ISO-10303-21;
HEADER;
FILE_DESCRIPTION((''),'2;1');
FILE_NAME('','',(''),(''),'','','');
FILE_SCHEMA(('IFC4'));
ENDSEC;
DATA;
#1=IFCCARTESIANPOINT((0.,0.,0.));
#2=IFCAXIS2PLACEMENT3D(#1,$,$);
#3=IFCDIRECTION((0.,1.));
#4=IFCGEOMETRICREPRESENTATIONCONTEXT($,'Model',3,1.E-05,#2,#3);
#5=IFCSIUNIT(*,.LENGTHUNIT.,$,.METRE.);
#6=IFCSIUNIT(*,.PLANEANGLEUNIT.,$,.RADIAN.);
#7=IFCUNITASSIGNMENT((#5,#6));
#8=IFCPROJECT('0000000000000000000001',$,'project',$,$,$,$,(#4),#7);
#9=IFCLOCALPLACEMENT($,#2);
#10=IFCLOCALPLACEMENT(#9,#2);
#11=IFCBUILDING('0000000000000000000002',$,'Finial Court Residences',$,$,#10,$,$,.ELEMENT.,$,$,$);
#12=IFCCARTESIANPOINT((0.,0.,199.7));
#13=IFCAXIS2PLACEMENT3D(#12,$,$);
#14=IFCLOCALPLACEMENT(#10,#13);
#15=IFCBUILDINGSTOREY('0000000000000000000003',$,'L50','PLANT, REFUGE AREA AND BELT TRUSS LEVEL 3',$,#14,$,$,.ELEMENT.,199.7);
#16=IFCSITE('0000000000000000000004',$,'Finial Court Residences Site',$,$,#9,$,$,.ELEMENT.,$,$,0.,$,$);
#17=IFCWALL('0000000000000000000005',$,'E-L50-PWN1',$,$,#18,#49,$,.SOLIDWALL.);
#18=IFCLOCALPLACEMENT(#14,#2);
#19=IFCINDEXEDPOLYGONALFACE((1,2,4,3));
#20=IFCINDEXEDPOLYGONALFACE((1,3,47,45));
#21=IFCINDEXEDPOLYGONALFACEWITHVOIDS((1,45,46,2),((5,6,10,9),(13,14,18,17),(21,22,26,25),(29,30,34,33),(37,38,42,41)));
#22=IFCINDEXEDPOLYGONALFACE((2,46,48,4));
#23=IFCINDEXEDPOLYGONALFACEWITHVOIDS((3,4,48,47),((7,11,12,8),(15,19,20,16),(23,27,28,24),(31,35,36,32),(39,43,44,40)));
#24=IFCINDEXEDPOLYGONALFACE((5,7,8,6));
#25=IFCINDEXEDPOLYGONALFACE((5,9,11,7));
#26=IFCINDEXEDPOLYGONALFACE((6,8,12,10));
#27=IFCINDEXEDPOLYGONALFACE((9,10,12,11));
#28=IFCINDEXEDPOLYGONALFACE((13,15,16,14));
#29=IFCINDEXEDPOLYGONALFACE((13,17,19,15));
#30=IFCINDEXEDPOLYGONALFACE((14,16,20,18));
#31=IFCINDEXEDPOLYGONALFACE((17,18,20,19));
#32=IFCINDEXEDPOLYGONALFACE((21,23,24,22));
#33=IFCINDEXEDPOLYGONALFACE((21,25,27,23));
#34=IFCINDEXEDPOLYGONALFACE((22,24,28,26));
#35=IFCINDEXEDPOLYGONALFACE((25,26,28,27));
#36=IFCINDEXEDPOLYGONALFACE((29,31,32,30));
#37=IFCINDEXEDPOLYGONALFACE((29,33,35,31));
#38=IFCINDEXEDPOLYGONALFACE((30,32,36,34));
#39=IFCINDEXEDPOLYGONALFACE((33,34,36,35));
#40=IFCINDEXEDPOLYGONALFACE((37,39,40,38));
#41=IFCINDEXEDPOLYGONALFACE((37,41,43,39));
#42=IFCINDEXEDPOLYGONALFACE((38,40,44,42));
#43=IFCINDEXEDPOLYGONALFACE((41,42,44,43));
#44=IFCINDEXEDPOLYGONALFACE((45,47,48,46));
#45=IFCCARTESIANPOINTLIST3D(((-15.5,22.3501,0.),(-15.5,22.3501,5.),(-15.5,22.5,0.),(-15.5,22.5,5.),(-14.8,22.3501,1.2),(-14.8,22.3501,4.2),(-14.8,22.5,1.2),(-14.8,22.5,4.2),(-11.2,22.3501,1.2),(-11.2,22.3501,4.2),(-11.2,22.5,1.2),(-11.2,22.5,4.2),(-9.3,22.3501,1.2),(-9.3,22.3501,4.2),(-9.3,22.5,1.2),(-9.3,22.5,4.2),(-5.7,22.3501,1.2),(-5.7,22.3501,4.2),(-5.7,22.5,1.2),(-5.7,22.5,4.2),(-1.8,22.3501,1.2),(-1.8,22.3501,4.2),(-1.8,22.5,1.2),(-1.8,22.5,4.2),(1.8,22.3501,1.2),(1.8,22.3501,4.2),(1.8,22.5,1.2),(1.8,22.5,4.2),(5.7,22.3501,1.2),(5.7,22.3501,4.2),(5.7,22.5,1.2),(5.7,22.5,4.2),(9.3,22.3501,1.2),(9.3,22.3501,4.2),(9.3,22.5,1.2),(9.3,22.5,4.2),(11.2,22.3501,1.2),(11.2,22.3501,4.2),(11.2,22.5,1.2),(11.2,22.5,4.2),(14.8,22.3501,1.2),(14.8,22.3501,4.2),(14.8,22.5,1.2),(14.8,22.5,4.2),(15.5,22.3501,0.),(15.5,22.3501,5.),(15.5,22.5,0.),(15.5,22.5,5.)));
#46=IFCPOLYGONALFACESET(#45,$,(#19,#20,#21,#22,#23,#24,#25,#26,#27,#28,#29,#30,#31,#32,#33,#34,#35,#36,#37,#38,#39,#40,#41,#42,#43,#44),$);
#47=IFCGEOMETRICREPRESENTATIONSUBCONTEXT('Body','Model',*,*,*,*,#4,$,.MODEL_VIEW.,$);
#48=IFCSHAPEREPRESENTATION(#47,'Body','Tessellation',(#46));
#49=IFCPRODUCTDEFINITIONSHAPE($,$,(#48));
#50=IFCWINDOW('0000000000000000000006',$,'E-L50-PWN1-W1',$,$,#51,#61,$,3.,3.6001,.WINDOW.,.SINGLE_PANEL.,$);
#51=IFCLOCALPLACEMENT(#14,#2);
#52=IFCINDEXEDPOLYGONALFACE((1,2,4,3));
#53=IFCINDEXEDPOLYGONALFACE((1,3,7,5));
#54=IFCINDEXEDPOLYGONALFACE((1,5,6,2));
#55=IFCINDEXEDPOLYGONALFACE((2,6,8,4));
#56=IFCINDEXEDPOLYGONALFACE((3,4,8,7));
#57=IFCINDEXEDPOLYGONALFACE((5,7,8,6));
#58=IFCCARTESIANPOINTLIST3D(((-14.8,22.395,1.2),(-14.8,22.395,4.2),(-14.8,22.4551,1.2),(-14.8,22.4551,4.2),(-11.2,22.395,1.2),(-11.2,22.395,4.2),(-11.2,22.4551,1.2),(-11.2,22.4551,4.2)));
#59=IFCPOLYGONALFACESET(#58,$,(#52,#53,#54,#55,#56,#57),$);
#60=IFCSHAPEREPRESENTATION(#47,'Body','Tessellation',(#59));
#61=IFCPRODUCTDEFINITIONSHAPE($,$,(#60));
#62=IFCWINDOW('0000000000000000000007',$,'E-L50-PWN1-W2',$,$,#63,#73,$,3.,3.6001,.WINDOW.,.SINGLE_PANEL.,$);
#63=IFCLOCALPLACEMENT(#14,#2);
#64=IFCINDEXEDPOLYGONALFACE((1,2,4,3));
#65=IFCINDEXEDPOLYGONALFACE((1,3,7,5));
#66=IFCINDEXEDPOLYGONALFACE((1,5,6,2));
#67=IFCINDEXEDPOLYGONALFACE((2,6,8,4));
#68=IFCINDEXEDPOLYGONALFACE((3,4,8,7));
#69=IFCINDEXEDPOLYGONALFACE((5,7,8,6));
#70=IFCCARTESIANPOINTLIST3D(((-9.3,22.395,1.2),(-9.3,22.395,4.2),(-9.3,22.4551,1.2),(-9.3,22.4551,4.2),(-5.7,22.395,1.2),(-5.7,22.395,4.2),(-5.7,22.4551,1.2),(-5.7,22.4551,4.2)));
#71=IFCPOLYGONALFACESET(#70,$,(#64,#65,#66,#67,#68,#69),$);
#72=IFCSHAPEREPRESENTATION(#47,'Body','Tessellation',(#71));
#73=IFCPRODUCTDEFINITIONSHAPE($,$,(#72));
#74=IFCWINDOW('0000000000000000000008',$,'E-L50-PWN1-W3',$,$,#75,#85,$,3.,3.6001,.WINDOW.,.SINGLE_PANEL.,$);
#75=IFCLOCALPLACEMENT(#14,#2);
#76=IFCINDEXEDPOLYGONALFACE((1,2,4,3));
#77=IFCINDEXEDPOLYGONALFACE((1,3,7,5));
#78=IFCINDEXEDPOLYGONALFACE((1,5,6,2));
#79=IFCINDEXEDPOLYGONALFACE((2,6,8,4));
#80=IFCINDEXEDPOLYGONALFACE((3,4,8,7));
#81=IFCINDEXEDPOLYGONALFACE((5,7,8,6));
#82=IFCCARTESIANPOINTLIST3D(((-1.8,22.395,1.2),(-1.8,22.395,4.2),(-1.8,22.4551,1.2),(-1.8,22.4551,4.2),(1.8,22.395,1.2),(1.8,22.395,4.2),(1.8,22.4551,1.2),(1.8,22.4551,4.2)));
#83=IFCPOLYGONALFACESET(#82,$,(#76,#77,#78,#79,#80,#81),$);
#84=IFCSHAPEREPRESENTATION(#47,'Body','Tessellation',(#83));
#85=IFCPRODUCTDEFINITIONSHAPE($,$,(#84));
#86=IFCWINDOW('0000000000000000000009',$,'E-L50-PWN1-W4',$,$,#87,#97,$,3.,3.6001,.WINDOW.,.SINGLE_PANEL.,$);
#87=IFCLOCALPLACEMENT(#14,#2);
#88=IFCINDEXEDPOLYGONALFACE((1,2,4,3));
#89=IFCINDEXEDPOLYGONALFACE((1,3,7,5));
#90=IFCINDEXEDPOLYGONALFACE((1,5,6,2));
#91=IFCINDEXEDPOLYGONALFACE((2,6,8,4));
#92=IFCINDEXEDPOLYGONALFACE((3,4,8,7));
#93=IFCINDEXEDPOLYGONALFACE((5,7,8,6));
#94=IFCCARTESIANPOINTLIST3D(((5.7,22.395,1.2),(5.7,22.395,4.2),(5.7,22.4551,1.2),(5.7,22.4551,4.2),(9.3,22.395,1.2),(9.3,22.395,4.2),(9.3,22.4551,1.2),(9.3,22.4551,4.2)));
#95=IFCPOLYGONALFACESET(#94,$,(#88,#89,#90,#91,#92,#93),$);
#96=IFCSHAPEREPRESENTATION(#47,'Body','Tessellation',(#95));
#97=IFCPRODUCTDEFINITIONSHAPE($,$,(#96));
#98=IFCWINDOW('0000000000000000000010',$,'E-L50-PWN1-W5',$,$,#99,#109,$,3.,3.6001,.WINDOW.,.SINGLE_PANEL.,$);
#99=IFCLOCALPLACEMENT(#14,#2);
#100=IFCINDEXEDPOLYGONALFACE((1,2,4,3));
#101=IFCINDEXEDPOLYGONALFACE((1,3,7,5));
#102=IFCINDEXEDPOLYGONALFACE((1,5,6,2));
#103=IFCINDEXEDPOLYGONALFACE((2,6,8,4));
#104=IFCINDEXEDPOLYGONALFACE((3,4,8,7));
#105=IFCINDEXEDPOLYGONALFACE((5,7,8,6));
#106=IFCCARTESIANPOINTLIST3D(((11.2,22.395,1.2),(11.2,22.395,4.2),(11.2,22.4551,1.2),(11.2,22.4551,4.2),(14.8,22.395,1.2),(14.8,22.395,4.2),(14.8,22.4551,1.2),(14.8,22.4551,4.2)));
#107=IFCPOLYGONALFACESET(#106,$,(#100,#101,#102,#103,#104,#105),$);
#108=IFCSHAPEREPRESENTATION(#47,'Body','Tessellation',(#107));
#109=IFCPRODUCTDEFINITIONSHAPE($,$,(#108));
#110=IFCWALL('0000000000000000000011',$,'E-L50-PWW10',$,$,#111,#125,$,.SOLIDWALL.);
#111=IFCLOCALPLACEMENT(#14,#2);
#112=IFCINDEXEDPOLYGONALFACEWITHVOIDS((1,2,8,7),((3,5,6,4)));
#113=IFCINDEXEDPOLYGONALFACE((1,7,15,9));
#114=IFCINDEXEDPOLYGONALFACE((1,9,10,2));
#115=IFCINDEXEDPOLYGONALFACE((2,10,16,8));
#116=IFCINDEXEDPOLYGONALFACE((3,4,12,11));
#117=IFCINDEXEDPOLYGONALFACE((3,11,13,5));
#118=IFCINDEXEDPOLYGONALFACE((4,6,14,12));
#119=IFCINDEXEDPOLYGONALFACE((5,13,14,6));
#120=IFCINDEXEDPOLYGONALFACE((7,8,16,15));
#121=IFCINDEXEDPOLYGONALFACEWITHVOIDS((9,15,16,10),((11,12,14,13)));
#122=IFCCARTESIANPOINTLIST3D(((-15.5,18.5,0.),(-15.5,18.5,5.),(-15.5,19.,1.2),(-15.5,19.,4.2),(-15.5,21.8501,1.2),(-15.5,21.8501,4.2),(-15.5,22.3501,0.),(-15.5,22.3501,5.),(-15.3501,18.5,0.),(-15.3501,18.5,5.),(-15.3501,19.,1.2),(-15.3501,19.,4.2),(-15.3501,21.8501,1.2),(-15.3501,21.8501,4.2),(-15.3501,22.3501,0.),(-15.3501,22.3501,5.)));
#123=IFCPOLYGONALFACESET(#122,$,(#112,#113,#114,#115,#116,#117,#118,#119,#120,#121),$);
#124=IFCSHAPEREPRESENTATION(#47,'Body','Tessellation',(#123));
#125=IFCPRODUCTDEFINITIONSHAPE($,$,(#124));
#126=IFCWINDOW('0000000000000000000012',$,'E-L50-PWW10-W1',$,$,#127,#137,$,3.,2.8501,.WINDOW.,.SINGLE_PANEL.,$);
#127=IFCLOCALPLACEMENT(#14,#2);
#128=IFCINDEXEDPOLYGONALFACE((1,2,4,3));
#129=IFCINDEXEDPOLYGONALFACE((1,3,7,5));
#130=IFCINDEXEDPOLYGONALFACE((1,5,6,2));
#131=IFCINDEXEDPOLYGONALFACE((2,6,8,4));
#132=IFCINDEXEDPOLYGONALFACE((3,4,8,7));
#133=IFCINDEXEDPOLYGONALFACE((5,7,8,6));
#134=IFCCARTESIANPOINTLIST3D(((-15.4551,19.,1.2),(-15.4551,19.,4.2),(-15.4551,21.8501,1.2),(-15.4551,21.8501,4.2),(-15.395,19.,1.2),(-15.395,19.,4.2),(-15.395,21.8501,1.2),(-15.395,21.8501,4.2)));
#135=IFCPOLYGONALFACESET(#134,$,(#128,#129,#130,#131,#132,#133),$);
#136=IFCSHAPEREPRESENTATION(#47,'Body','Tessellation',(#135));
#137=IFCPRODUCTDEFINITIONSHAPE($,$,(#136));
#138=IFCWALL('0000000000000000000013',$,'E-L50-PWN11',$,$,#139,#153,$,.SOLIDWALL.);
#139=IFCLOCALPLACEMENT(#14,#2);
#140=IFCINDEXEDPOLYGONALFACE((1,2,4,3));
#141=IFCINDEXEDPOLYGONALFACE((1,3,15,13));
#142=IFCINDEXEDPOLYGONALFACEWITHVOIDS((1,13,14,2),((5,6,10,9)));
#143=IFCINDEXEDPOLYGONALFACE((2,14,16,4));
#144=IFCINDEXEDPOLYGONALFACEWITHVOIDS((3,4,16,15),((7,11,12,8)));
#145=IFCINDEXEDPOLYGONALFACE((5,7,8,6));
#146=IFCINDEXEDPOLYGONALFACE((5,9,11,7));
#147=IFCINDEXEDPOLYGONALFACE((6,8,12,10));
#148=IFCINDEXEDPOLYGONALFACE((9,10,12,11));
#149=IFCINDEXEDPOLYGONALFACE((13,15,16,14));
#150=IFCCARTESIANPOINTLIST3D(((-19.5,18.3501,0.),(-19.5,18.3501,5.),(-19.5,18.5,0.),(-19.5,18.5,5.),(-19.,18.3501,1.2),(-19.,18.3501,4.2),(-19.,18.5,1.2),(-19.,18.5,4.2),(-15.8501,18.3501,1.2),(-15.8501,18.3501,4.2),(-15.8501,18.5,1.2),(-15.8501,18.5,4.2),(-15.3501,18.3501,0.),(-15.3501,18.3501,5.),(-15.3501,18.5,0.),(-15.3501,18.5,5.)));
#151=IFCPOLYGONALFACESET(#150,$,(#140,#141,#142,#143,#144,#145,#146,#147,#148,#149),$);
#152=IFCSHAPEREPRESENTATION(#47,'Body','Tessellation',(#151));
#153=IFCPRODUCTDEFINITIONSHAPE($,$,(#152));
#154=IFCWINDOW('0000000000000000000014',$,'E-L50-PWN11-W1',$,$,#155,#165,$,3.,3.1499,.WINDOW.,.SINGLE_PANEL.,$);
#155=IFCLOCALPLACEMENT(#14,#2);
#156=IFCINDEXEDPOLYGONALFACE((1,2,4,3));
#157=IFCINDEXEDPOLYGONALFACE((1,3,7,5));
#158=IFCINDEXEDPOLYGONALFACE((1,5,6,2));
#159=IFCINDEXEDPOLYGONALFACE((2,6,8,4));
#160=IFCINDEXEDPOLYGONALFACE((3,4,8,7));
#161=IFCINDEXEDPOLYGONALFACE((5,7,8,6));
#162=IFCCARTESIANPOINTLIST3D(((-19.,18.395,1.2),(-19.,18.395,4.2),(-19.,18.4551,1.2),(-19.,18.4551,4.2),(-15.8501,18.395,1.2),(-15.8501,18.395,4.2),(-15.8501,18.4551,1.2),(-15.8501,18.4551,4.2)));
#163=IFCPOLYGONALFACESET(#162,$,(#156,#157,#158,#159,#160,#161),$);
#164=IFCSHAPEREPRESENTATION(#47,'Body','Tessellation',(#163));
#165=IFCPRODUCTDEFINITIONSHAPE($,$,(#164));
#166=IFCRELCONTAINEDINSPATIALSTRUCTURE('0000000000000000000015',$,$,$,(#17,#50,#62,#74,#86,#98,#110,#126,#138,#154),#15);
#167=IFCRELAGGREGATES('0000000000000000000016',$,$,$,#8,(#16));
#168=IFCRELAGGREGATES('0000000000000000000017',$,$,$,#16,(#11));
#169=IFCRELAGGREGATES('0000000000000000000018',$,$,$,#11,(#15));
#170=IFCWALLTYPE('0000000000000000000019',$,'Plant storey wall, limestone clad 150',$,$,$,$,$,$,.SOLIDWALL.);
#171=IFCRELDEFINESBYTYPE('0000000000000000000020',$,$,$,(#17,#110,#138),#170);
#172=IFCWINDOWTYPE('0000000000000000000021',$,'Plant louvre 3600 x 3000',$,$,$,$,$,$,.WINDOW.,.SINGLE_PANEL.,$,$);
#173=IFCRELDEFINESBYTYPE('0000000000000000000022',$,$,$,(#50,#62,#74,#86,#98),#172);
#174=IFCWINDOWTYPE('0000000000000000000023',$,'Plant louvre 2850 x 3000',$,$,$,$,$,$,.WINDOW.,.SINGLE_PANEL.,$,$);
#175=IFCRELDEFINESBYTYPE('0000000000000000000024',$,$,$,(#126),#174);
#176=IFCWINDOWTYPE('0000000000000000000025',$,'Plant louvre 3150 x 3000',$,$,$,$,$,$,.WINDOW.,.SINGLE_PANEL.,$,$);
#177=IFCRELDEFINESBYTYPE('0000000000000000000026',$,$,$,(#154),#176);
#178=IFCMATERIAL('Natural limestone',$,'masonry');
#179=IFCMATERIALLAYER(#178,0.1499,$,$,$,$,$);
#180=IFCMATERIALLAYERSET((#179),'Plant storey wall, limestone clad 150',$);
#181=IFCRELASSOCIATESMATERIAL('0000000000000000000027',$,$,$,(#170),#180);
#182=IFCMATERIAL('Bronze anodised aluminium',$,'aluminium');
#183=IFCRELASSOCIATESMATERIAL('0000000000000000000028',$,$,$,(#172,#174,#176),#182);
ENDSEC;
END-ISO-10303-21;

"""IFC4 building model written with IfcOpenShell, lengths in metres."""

from ifc_helpers import new_model, si_unit, direction, frame, frame_2d, origin, place, context, subcontext, project, spatial, rectangle, extrude, material, layer, layer_set, type_object, element, fill, save


model = new_model("IFC4")

# Units and contexts
model_context = context("Model", 3, precision=1e-05, world=origin(), true_north=direction((0.0, 1.0)))
body_context = subcontext(model_context, "Body", "Model", "MODEL_VIEW")
ifc_project = project(units=[si_unit("LENGTHUNIT", "METRE"), si_unit("PLANEANGLEUNIT", "RADIAN")], contexts=[model_context])

# Site, building, storey
site_placement = place(None, origin())
site = spatial("IfcSite", under=ifc_project, at=site_placement, Name="Finial Court Residences Site", CompositionType="ELEMENT", RefElevation=0.0)
building_placement = place(site_placement, origin())
building = spatial("IfcBuilding", under=site, at=building_placement, Name="Finial Court Residences", CompositionType="ELEMENT")
storey_placement = place(building_placement, frame((0.0, 0.0, 199.7)))
storey = spatial("IfcBuildingStorey", under=building, at=storey_placement, Name="L50", Description="PLANT, REFUGE AREA AND BELT TRUSS LEVEL 3", CompositionType="ELEMENT", Elevation=199.7)

# Wall, openings, windows
ifc_material_1 = material(Name="Natural limestone", Category="masonry")
ifc_layer = layer(ifc_material_1, 0.1499)
ifc_layer_set = layer_set([ifc_layer], Name="Plant storey wall, limestone clad 150")
wall_type = type_object("IfcWallType", Name="Plant storey wall, limestone clad 150", PredefinedType="SOLIDWALL", material=ifc_layer_set)
wall_1_placement = place(storey_placement, frame((-15.5, 22.425, 0.0), z_axis=(0.0, 0.0, 1.0), x_axis=(1.0, 0.0, 0.0)))
wall_1 = element("IfcWall", 1, at=wall_1_placement, inside=storey, type_object=wall_type, Name="E-L50-PWN1", PredefinedType="SOLIDWALL", context=body_context, shape_type="SweptSolid", body=[
    extrude(rectangle(XDim=31.0, YDim=0.1499, at=frame_2d((15.5, 0.0))), origin(), (0.0, 0.0, 1.0), 5.0),
])
opening_1_placement = place(wall_1_placement, frame((0.7, 0.0, 1.2)))
opening_1 = element("IfcOpeningElement", 2, at=opening_1_placement, cuts=wall_1, PredefinedType="OPENING", context=body_context, shape_type="SweptSolid", body=[
    extrude(rectangle(XDim=3.6001, YDim=3.0, at=frame_2d((1.8, 1.5))), frame((0.0, 0.085, 0.0), z_axis=(0.0, -1.0, 0.0), x_axis=(1.0, 0.0, 0.0)), (0.0, 0.0, 1.0), 0.1699),
])
opening_2_placement = place(wall_1_placement, frame((6.2, 0.0, 1.2)))
opening_2 = element("IfcOpeningElement", 3, at=opening_2_placement, cuts=wall_1, PredefinedType="OPENING", context=body_context, shape_type="SweptSolid", body=[
    extrude(rectangle(XDim=3.6001, YDim=3.0, at=frame_2d((1.8, 1.5))), frame((0.0, 0.085, 0.0), z_axis=(0.0, -1.0, 0.0), x_axis=(1.0, 0.0, 0.0)), (0.0, 0.0, 1.0), 0.1699),
])
opening_3_placement = place(wall_1_placement, frame((13.7, 0.0, 1.2)))
opening_3 = element("IfcOpeningElement", 4, at=opening_3_placement, cuts=wall_1, PredefinedType="OPENING", context=body_context, shape_type="SweptSolid", body=[
    extrude(rectangle(XDim=3.6001, YDim=3.0, at=frame_2d((1.8, 1.5))), frame((0.0, 0.085, 0.0), z_axis=(0.0, -1.0, 0.0), x_axis=(1.0, 0.0, 0.0)), (0.0, 0.0, 1.0), 0.1699),
])
opening_4_placement = place(wall_1_placement, frame((21.2, 0.0, 1.2)))
opening_4 = element("IfcOpeningElement", 5, at=opening_4_placement, cuts=wall_1, PredefinedType="OPENING", context=body_context, shape_type="SweptSolid", body=[
    extrude(rectangle(XDim=3.6001, YDim=3.0, at=frame_2d((1.8, 1.5))), frame((0.0, 0.085, 0.0), z_axis=(0.0, -1.0, 0.0), x_axis=(1.0, 0.0, 0.0)), (0.0, 0.0, 1.0), 0.1699),
])
opening_5_placement = place(wall_1_placement, frame((26.7, 0.0, 1.2)))
opening_5 = element("IfcOpeningElement", 6, at=opening_5_placement, cuts=wall_1, PredefinedType="OPENING", context=body_context, shape_type="SweptSolid", body=[
    extrude(rectangle(XDim=3.6001, YDim=3.0, at=frame_2d((1.8, 1.5))), frame((0.0, 0.085, 0.0), z_axis=(0.0, -1.0, 0.0), x_axis=(1.0, 0.0, 0.0)), (0.0, 0.0, 1.0), 0.1699),
])
ifc_material_2 = material(Name="Bronze anodised aluminium", Category="aluminium")
window_type_1 = type_object("IfcWindowType", Name="Plant louvre 3600 x 3000", PartitioningType="SINGLE_PANEL", PredefinedType="WINDOW", material=ifc_material_2)
window_1_placement = place(opening_1_placement, origin())
window_1 = element("IfcWindow", 7, at=window_1_placement, inside=storey, type_object=window_type_1, Name="E-L50-PWN1-W1", OverallHeight=3.0, OverallWidth=3.6001, PartitioningType="SINGLE_PANEL", PredefinedType="WINDOW", context=body_context, shape_type="SweptSolid", body=[
    extrude(rectangle(XDim=3.6001, YDim=3.0, at=frame_2d((1.8, 1.5))), frame((0.0, 0.03, 0.0), z_axis=(0.0, -1.0, 0.0), x_axis=(1.0, 0.0, 0.0)), (0.0, 0.0, 1.0), 0.0601),
])
fill(opening_1, window_1)
window_2_placement = place(opening_2_placement, origin())
window_2 = element("IfcWindow", 8, at=window_2_placement, inside=storey, type_object=window_type_1, Name="E-L50-PWN1-W2", OverallHeight=3.0, OverallWidth=3.6001, PartitioningType="SINGLE_PANEL", PredefinedType="WINDOW", context=body_context, shape_type="SweptSolid", body=[
    extrude(rectangle(XDim=3.6001, YDim=3.0, at=frame_2d((1.8, 1.5))), frame((0.0, 0.03, 0.0), z_axis=(0.0, -1.0, 0.0), x_axis=(1.0, 0.0, 0.0)), (0.0, 0.0, 1.0), 0.0601),
])
fill(opening_2, window_2)
window_3_placement = place(opening_3_placement, origin())
window_3 = element("IfcWindow", 9, at=window_3_placement, inside=storey, type_object=window_type_1, Name="E-L50-PWN1-W3", OverallHeight=3.0, OverallWidth=3.6001, PartitioningType="SINGLE_PANEL", PredefinedType="WINDOW", context=body_context, shape_type="SweptSolid", body=[
    extrude(rectangle(XDim=3.6001, YDim=3.0, at=frame_2d((1.8, 1.5))), frame((0.0, 0.03, 0.0), z_axis=(0.0, -1.0, 0.0), x_axis=(1.0, 0.0, 0.0)), (0.0, 0.0, 1.0), 0.0601),
])
fill(opening_3, window_3)
window_4_placement = place(opening_4_placement, origin())
window_4 = element("IfcWindow", 10, at=window_4_placement, inside=storey, type_object=window_type_1, Name="E-L50-PWN1-W4", OverallHeight=3.0, OverallWidth=3.6001, PartitioningType="SINGLE_PANEL", PredefinedType="WINDOW", context=body_context, shape_type="SweptSolid", body=[
    extrude(rectangle(XDim=3.6001, YDim=3.0, at=frame_2d((1.8, 1.5))), frame((0.0, 0.03, 0.0), z_axis=(0.0, -1.0, 0.0), x_axis=(1.0, 0.0, 0.0)), (0.0, 0.0, 1.0), 0.0601),
])
fill(opening_4, window_4)
window_5_placement = place(opening_5_placement, origin())
window_5 = element("IfcWindow", 11, at=window_5_placement, inside=storey, type_object=window_type_1, Name="E-L50-PWN1-W5", OverallHeight=3.0, OverallWidth=3.6001, PartitioningType="SINGLE_PANEL", PredefinedType="WINDOW", context=body_context, shape_type="SweptSolid", body=[
    extrude(rectangle(XDim=3.6001, YDim=3.0, at=frame_2d((1.8, 1.5))), frame((0.0, 0.03, 0.0), z_axis=(0.0, -1.0, 0.0), x_axis=(1.0, 0.0, 0.0)), (0.0, 0.0, 1.0), 0.0601),
])
fill(opening_5, window_5)

# Walls, openings, windows
wall_2_placement = place(storey_placement, frame((-15.425, 18.5, 0.0), z_axis=(0.0, 0.0, 1.0), x_axis=(0.0, 1.0, 0.0)))
wall_2 = element("IfcWall", 12, at=wall_2_placement, inside=storey, type_object=wall_type, Name="E-L50-PWW10", PredefinedType="SOLIDWALL", context=body_context, shape_type="SweptSolid", body=[
    extrude(rectangle(XDim=3.8501, YDim=0.1499, at=frame_2d((1.925, 0.0))), origin(), (0.0, 0.0, 1.0), 5.0),
])
opening_6_placement = place(wall_2_placement, frame((0.5, 0.0, 1.2)))
opening_6 = element("IfcOpeningElement", 13, at=opening_6_placement, cuts=wall_2, PredefinedType="OPENING", context=body_context, shape_type="SweptSolid", body=[
    extrude(rectangle(XDim=2.8501, YDim=3.0, at=frame_2d((1.425, 1.5))), frame((0.0, 0.085, 0.0), z_axis=(0.0, -1.0, 0.0), x_axis=(1.0, 0.0, 0.0)), (0.0, 0.0, 1.0), 0.1699),
])
window_type_2 = type_object("IfcWindowType", Name="Plant louvre 2850 x 3000", PartitioningType="SINGLE_PANEL", PredefinedType="WINDOW", material=ifc_material_2)
window_6_placement = place(opening_6_placement, origin())
window_6 = element("IfcWindow", 14, at=window_6_placement, inside=storey, type_object=window_type_2, Name="E-L50-PWW10-W1", OverallHeight=3.0, OverallWidth=2.8501, PartitioningType="SINGLE_PANEL", PredefinedType="WINDOW", context=body_context, shape_type="SweptSolid", body=[
    extrude(rectangle(XDim=2.8501, YDim=3.0, at=frame_2d((1.425, 1.5))), frame((0.0, 0.03, 0.0), z_axis=(0.0, -1.0, 0.0), x_axis=(1.0, 0.0, 0.0)), (0.0, 0.0, 1.0), 0.0601),
])
fill(opening_6, window_6)
wall_3_placement = place(storey_placement, frame((-19.5, 18.425, 0.0), z_axis=(0.0, 0.0, 1.0), x_axis=(1.0, 0.0, 0.0)))
wall_3 = element("IfcWall", 15, at=wall_3_placement, inside=storey, type_object=wall_type, Name="E-L50-PWN11", PredefinedType="SOLIDWALL", context=body_context, shape_type="SweptSolid", body=[
    extrude(rectangle(XDim=4.1499, YDim=0.1499, at=frame_2d((2.075, 0.0))), origin(), (0.0, 0.0, 1.0), 5.0),
])
opening_7_placement = place(wall_3_placement, frame((0.5, 0.0, 1.2)))
opening_7 = element("IfcOpeningElement", 16, at=opening_7_placement, cuts=wall_3, PredefinedType="OPENING", context=body_context, shape_type="SweptSolid", body=[
    extrude(rectangle(XDim=3.1499, YDim=3.0, at=frame_2d((1.575, 1.5))), frame((0.0, 0.085, 0.0), z_axis=(0.0, -1.0, 0.0), x_axis=(1.0, 0.0, 0.0)), (0.0, 0.0, 1.0), 0.1699),
])
window_type_3 = type_object("IfcWindowType", Name="Plant louvre 3150 x 3000", PartitioningType="SINGLE_PANEL", PredefinedType="WINDOW", material=ifc_material_2)
window_7_placement = place(opening_7_placement, origin())
window_7 = element("IfcWindow", 17, at=window_7_placement, inside=storey, type_object=window_type_3, Name="E-L50-PWN11-W1", OverallHeight=3.0, OverallWidth=3.1499, PartitioningType="SINGLE_PANEL", PredefinedType="WINDOW", context=body_context, shape_type="SweptSolid", body=[
    extrude(rectangle(XDim=3.1499, YDim=3.0, at=frame_2d((1.575, 1.5))), frame((0.0, 0.03, 0.0), z_axis=(0.0, -1.0, 0.0), x_axis=(1.0, 0.0, 0.0)), (0.0, 0.0, 1.0), 0.0601),
])
fill(opening_7, window_7)

save(model, "model.ifc")
